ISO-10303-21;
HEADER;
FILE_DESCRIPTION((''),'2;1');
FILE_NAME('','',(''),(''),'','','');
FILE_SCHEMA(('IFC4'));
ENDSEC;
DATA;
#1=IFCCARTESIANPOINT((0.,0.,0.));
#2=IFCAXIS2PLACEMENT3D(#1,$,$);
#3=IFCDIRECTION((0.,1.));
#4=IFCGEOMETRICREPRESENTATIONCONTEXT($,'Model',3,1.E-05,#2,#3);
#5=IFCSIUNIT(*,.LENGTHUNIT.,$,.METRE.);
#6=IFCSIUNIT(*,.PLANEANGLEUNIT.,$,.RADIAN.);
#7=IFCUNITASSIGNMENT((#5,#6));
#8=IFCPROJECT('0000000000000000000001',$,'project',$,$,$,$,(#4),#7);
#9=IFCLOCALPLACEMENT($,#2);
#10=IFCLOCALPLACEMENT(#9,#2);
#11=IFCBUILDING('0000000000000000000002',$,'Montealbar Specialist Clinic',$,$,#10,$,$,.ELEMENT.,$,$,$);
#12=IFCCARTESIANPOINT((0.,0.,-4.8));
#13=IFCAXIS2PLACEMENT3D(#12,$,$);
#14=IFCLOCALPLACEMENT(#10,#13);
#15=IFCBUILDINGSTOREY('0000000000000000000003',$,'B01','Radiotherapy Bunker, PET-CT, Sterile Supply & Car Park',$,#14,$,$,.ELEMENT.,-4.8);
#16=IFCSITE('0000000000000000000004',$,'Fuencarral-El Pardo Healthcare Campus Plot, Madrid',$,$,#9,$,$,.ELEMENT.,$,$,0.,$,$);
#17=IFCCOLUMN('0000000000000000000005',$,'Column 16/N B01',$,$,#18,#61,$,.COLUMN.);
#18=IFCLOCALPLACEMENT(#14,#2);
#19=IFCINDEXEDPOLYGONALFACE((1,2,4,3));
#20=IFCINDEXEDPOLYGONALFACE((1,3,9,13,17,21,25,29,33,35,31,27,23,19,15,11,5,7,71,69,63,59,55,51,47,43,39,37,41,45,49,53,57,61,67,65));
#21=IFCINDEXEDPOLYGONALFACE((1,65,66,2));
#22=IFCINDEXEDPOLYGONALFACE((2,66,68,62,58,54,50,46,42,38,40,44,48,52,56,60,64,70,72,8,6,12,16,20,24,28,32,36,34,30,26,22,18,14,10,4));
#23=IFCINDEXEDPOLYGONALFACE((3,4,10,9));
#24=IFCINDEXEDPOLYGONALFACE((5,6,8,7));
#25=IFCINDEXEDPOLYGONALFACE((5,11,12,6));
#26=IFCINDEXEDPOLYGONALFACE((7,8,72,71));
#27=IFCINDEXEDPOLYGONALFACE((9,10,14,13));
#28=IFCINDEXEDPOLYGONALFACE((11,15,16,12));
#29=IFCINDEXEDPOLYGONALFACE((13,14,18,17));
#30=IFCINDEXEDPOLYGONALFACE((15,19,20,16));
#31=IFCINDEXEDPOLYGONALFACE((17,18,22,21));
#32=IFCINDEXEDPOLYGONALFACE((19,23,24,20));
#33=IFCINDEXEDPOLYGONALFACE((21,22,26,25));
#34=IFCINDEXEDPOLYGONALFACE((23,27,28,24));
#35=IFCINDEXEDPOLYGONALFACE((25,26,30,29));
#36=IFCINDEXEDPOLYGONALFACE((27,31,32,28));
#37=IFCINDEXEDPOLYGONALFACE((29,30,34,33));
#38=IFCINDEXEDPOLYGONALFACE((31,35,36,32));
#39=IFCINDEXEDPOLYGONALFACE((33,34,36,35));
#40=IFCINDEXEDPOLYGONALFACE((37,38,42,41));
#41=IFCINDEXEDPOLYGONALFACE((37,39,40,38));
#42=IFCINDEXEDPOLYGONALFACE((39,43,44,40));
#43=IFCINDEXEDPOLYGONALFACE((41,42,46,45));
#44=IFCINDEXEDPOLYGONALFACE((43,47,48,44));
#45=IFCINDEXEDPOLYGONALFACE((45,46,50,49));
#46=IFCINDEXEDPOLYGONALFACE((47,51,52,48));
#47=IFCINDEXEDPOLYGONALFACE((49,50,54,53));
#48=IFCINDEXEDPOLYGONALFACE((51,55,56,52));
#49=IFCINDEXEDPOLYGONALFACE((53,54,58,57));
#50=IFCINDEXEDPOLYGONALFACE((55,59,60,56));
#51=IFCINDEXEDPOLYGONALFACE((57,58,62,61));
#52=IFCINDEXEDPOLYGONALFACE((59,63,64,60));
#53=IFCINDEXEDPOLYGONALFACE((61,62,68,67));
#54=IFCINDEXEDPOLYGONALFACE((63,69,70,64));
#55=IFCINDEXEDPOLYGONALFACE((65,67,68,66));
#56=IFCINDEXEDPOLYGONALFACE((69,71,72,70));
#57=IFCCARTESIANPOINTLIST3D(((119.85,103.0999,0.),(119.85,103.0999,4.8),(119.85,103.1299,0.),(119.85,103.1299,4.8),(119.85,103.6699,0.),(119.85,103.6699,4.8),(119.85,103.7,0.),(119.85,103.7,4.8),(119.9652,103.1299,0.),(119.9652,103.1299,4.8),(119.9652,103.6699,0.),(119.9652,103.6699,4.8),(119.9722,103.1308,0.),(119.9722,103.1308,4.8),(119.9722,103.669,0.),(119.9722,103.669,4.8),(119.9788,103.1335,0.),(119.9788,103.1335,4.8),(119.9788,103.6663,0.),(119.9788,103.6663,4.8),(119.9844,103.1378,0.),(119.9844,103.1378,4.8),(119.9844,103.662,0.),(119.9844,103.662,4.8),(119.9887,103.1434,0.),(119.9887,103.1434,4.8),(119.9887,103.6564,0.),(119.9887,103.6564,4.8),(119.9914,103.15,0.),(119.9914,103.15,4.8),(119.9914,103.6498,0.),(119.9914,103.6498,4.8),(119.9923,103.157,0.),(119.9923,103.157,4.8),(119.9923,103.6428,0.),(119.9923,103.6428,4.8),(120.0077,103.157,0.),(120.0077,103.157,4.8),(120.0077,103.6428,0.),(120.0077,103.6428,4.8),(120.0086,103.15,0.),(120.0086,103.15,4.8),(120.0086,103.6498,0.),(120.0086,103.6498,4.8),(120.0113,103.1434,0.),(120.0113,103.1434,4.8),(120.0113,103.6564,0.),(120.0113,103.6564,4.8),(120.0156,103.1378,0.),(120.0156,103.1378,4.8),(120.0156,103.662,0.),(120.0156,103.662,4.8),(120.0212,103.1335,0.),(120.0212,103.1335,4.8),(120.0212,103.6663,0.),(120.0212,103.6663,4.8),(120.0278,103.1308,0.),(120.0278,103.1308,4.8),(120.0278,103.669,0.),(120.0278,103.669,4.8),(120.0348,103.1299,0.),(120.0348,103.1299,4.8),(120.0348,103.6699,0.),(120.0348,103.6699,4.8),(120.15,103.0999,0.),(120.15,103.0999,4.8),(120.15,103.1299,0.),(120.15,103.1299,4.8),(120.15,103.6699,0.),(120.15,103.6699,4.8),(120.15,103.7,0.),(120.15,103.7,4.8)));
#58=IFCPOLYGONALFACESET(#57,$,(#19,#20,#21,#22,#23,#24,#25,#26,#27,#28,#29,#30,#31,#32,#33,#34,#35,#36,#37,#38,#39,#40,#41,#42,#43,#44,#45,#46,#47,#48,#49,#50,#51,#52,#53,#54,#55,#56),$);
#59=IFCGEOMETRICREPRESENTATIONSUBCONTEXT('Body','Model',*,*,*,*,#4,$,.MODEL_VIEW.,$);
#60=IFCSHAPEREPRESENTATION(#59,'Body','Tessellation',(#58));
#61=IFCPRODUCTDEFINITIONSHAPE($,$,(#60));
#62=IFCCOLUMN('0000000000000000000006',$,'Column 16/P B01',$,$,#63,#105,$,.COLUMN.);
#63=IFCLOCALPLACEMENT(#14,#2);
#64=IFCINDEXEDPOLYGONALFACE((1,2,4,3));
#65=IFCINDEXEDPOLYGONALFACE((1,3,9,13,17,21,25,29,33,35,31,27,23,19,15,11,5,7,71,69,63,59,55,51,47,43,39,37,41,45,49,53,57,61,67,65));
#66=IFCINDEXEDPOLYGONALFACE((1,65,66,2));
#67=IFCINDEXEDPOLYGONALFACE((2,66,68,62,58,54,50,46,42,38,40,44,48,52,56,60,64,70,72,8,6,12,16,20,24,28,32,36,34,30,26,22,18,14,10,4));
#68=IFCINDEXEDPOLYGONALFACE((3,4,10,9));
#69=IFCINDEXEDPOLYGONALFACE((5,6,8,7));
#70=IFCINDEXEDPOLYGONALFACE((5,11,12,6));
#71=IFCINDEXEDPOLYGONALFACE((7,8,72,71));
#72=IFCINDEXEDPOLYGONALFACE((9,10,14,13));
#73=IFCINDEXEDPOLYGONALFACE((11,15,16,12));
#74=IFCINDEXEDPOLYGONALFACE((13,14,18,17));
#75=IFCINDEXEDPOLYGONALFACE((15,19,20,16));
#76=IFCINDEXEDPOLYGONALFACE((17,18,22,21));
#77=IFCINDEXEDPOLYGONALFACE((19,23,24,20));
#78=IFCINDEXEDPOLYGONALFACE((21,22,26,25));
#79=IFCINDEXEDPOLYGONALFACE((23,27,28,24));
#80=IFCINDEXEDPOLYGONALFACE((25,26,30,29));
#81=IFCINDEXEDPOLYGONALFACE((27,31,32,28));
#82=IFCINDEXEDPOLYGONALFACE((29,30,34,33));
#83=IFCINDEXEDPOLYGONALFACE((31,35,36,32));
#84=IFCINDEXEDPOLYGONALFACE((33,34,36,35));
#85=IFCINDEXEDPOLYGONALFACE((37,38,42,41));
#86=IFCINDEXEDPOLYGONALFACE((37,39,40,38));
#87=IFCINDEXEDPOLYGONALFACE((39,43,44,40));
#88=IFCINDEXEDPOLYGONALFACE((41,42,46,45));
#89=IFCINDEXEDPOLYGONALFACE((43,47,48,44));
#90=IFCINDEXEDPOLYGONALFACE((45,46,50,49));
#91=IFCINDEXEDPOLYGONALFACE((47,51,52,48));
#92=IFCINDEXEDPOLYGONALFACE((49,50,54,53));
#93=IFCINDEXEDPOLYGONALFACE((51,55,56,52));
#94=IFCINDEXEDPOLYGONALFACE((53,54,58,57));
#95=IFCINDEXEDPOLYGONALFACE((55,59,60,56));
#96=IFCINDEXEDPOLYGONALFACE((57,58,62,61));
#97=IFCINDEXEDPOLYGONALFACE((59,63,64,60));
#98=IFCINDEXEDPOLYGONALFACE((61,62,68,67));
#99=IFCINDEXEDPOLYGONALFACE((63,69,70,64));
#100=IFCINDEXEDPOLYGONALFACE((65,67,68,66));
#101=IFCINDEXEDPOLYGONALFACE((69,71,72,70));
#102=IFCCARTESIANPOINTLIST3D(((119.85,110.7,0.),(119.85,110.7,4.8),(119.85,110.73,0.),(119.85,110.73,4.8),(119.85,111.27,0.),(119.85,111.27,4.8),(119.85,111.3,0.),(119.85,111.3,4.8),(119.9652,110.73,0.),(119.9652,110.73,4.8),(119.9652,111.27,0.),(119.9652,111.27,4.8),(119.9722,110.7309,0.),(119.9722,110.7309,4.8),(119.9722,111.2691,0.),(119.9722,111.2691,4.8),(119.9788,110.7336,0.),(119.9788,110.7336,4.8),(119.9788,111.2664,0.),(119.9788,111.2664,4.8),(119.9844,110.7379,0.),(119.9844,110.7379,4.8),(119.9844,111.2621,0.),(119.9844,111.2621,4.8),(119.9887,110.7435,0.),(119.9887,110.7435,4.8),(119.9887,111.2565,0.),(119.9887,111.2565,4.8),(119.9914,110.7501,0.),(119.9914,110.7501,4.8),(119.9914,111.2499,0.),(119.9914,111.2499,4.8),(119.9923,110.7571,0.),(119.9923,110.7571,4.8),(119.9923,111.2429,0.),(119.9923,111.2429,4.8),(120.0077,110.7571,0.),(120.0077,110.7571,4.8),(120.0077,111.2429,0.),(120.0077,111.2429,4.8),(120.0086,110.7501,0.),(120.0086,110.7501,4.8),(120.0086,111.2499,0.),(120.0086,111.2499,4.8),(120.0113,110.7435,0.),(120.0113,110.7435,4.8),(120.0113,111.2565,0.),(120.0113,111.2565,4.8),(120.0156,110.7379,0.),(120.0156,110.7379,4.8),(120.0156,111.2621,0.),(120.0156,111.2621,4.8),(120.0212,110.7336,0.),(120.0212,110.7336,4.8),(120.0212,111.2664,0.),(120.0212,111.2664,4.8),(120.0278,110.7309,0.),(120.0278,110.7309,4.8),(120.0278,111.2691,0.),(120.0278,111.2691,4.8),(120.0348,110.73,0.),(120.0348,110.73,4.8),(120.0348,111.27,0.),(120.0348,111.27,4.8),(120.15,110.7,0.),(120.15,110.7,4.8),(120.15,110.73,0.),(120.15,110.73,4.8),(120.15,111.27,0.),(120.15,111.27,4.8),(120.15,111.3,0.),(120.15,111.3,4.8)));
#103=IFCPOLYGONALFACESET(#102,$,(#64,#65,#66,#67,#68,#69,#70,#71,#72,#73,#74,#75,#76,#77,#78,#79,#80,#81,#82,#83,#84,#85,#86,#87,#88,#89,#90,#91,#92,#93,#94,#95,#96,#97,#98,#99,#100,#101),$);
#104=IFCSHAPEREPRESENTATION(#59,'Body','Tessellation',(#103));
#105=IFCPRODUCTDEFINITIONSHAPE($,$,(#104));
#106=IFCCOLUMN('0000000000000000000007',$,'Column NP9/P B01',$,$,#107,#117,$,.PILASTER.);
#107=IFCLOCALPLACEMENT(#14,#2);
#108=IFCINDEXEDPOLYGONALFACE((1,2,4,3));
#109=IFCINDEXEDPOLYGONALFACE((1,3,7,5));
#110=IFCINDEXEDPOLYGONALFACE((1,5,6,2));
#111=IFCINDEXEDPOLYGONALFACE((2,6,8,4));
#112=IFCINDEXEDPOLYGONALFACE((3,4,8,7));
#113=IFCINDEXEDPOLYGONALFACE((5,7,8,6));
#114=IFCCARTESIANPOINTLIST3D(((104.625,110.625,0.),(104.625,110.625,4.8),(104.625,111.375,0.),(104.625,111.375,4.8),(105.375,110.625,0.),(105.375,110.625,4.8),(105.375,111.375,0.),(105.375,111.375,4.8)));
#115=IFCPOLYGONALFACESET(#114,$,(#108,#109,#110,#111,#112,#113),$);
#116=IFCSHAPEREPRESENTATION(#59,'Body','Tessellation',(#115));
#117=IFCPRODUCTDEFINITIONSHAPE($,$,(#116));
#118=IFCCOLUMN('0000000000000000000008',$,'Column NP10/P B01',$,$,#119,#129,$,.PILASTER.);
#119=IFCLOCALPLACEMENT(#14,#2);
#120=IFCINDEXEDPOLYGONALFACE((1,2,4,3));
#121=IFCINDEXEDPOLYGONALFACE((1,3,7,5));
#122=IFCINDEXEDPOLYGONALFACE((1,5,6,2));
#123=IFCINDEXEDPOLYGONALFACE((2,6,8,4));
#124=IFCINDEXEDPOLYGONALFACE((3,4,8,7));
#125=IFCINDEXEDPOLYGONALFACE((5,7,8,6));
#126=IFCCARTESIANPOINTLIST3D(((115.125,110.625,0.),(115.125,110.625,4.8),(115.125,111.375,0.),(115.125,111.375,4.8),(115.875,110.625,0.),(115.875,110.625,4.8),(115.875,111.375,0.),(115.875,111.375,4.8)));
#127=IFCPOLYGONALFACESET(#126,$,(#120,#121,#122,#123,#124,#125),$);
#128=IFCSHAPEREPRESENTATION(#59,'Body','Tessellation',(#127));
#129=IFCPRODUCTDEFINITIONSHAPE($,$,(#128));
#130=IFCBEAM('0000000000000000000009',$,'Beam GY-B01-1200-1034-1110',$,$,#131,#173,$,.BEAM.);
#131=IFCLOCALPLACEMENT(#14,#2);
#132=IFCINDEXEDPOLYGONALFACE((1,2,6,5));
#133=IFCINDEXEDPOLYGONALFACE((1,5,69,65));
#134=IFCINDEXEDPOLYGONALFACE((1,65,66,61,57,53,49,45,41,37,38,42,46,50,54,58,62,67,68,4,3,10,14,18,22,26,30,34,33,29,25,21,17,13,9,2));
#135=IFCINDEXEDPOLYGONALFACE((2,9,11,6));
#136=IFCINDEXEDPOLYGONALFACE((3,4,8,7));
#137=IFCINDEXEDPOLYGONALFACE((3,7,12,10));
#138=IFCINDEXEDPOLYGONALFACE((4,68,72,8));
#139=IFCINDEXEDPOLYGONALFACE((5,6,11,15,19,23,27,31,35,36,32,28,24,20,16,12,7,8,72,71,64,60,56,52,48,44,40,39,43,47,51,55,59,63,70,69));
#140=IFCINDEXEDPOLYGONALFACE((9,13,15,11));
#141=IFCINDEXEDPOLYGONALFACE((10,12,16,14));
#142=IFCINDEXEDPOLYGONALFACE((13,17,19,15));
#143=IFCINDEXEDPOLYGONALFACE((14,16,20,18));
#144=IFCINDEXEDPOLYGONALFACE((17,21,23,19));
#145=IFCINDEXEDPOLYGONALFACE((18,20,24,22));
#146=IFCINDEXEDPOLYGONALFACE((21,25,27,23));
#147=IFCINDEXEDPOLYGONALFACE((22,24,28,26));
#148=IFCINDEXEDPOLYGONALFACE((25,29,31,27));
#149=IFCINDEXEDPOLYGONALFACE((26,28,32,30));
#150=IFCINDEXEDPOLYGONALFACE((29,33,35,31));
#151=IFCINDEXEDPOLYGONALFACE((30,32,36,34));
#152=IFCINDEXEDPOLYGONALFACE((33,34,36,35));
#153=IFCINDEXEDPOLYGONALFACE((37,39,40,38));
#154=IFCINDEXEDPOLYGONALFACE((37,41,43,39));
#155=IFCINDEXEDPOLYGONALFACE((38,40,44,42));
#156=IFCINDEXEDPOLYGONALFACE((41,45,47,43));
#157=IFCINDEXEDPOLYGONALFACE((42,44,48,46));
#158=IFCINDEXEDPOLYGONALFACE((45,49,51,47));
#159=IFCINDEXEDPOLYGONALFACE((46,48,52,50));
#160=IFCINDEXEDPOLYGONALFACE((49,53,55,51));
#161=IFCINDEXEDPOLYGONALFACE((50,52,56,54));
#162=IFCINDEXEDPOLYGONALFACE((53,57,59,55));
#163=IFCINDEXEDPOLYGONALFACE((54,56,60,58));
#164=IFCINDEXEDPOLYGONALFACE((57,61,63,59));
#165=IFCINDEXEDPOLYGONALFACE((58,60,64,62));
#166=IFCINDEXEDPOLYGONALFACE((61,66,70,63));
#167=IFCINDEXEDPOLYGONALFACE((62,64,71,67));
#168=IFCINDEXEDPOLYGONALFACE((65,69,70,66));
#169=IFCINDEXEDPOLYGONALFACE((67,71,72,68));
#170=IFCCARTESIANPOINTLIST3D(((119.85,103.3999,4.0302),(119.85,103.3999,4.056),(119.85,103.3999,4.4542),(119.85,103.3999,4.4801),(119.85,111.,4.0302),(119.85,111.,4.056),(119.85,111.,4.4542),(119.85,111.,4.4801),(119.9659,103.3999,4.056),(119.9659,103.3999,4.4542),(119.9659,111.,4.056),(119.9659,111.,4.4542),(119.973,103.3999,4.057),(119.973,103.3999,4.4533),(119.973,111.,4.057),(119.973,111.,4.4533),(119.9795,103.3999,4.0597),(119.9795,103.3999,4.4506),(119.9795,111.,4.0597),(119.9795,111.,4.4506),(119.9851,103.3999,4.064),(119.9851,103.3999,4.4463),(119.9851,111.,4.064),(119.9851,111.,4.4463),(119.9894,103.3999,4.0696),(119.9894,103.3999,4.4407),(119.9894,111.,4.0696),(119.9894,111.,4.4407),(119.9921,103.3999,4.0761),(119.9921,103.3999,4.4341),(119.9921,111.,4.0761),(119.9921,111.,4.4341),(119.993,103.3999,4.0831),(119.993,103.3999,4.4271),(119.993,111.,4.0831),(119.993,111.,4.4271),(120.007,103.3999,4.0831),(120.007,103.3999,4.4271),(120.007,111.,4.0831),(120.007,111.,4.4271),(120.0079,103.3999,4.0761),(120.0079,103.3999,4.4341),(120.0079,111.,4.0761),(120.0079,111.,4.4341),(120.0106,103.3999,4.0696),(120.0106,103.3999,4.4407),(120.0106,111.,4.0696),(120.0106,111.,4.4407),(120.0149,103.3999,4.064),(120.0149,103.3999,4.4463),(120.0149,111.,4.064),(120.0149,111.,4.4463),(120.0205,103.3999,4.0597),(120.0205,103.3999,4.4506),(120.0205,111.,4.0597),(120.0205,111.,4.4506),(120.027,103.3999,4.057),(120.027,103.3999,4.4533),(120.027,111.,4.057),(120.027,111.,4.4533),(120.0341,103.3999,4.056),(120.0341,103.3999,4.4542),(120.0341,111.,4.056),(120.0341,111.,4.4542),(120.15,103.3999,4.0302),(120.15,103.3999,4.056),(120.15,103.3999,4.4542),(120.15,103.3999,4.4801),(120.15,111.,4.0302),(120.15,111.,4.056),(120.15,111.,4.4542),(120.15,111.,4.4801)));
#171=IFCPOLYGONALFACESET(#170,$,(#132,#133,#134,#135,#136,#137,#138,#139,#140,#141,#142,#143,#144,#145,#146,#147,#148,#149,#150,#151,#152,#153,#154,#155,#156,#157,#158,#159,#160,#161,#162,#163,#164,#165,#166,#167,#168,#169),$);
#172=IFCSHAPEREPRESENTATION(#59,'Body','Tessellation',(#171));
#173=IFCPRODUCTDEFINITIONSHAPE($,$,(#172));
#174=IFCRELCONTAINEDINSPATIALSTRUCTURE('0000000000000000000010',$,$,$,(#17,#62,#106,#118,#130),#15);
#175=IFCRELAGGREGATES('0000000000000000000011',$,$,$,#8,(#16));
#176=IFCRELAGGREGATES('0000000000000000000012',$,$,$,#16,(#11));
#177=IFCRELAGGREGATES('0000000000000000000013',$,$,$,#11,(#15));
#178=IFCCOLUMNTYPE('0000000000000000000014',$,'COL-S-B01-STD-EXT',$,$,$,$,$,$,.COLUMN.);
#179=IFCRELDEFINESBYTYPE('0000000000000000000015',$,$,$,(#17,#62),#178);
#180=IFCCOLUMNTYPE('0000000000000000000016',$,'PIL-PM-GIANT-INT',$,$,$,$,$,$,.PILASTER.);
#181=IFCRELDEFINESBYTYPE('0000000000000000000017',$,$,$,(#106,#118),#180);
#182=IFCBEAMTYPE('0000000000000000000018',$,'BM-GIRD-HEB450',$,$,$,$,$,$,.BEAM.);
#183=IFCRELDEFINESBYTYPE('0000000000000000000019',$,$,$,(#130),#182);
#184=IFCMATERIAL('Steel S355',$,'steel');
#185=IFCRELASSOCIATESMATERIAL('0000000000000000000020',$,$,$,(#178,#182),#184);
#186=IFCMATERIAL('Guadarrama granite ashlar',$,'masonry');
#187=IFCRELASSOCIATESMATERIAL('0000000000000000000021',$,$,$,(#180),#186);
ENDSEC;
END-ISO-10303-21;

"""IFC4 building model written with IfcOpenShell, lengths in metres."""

from ifc_helpers import new_model, si_unit, direction, frame, origin, origin_2d, place, context, subcontext, project, spatial, rectangle, i_section, extrude, material, material_profile, profile_set, type_object, element, save


model = new_model("IFC4")

# Units and contexts
model_context = context("Model", 3, precision=1e-05, world=origin(), true_north=direction((0.0, 1.0)))
body_context = subcontext(model_context, "Body", "Model", "MODEL_VIEW")
ifc_project = project(units=[si_unit("LENGTHUNIT", "METRE"), si_unit("PLANEANGLEUNIT", "RADIAN")], contexts=[model_context])

# Site, building, storey
site_placement = place(None, origin())
site = spatial("IfcSite", under=ifc_project, at=site_placement, Name="Fuencarral-El Pardo Healthcare Campus Plot, Madrid", CompositionType="ELEMENT", RefElevation=0.0)
building_placement = place(site_placement, origin())
building = spatial("IfcBuilding", under=site, at=building_placement, Name="Montealbar Specialist Clinic", CompositionType="ELEMENT")
storey_placement = place(building_placement, frame((0.0, 0.0, -4.8)))
storey = spatial("IfcBuildingStorey", under=building, at=storey_placement, Name="B01", Description="Radiotherapy Bunker, PET-CT, Sterile Supply & Car Park", CompositionType="ELEMENT", Elevation=-4.8)

# Columns
ifc_material_1 = material(Name="Steel S355", Category="steel")
ifc_material_profile_1 = material_profile(ifc_material_1, i_section(OverallWidth=0.3, OverallDepth=0.6001, WebThickness=0.0154, FlangeThickness=0.03, FilletRadius=0.0271, at=origin_2d()), Name="HEB 600", Category="steel")
ifc_profile_set_1 = profile_set([ifc_material_profile_1], Name="Steel S355")
column_type_1 = type_object("IfcColumnType", Name="COL-S-B01-STD-EXT", PredefinedType="COLUMN", material=ifc_profile_set_1)
for number, where, z_axis, x_axis, name in (
    (1, (120.0, 103.3999, 0.0), (0.0, 0.0, 1.0), (1.0, 0.0, 0.0), "Column 16/N B01"),
    (2, (120.0, 111.0, 0.0), (0.0, 0.0, 1.0), (1.0, 0.0, 0.0), "Column 16/P B01"),
):
    element("IfcColumn", number, at=place(storey_placement, frame(where, z_axis=z_axis, x_axis=x_axis)), inside=storey, type_object=column_type_1, Name=name, PredefinedType="COLUMN", context=body_context, shape_type="SweptSolid", body=[
        extrude(i_section(OverallWidth=0.3, OverallDepth=0.6001, WebThickness=0.0154, FlangeThickness=0.03, FilletRadius=0.0271, at=origin_2d()), origin(), (0.0, 0.0, 1.0), 4.8),
    ])
ifc_material_2 = material(Name="Guadarrama granite ashlar", Category="masonry")
ifc_material_profile_2 = material_profile(ifc_material_2, rectangle(XDim=0.75, YDim=0.75, at=origin_2d()), Name="GRANITE PILASTER 750x750", Category="masonry")
ifc_profile_set_2 = profile_set([ifc_material_profile_2], Name="Guadarrama granite ashlar")
column_type_2 = type_object("IfcColumnType", Name="PIL-PM-GIANT-INT", PredefinedType="PILASTER", material=ifc_profile_set_2)
for number, where, z_axis, x_axis, name in (
    (3, (105.0, 111.0, 0.0), (0.0, 0.0, 1.0), (1.0, 0.0, 0.0), "Column NP9/P B01"),
    (4, (115.5, 111.0, 0.0), (0.0, 0.0, 1.0), (1.0, 0.0, 0.0), "Column NP10/P B01"),
):
    element("IfcColumn", number, at=place(storey_placement, frame(where, z_axis=z_axis, x_axis=x_axis)), inside=storey, type_object=column_type_2, Name=name, PredefinedType="PILASTER", context=body_context, shape_type="SweptSolid", body=[
        extrude(rectangle(XDim=0.75, YDim=0.75, at=origin_2d()), origin(), (0.0, 0.0, 1.0), 4.8),
    ])

# Beam
ifc_material_profile_3 = material_profile(ifc_material_1, i_section(OverallWidth=0.3, OverallDepth=0.45, WebThickness=0.0139, FlangeThickness=0.0259, FilletRadius=0.0271, at=origin_2d()), Name="HEB 450", Category="steel")
ifc_profile_set_3 = profile_set([ifc_material_profile_3], Name="Steel S355")
beam_type_1 = type_object("IfcBeamType", Name="BM-GIRD-HEB450", PredefinedType="BEAM", material=ifc_profile_set_3)
beam_1_placement = place(storey_placement, frame((120.0, 103.3999, 4.2551), z_axis=(0.0, 1.0, 0.0), x_axis=(-1.0, 0.0, 0.0)))
element("IfcBeam", 5, at=beam_1_placement, inside=storey, type_object=beam_type_1, Name="Beam GY-B01-1200-1034-1110", PredefinedType="BEAM", context=body_context, shape_type="SweptSolid", body=[
    extrude(i_section(OverallWidth=0.3, OverallDepth=0.45, WebThickness=0.0139, FlangeThickness=0.0259, FilletRadius=0.0271, at=origin_2d()), origin(), (0.0, 0.0, 1.0), 7.6001),
])

save(model, "model.ifc")
